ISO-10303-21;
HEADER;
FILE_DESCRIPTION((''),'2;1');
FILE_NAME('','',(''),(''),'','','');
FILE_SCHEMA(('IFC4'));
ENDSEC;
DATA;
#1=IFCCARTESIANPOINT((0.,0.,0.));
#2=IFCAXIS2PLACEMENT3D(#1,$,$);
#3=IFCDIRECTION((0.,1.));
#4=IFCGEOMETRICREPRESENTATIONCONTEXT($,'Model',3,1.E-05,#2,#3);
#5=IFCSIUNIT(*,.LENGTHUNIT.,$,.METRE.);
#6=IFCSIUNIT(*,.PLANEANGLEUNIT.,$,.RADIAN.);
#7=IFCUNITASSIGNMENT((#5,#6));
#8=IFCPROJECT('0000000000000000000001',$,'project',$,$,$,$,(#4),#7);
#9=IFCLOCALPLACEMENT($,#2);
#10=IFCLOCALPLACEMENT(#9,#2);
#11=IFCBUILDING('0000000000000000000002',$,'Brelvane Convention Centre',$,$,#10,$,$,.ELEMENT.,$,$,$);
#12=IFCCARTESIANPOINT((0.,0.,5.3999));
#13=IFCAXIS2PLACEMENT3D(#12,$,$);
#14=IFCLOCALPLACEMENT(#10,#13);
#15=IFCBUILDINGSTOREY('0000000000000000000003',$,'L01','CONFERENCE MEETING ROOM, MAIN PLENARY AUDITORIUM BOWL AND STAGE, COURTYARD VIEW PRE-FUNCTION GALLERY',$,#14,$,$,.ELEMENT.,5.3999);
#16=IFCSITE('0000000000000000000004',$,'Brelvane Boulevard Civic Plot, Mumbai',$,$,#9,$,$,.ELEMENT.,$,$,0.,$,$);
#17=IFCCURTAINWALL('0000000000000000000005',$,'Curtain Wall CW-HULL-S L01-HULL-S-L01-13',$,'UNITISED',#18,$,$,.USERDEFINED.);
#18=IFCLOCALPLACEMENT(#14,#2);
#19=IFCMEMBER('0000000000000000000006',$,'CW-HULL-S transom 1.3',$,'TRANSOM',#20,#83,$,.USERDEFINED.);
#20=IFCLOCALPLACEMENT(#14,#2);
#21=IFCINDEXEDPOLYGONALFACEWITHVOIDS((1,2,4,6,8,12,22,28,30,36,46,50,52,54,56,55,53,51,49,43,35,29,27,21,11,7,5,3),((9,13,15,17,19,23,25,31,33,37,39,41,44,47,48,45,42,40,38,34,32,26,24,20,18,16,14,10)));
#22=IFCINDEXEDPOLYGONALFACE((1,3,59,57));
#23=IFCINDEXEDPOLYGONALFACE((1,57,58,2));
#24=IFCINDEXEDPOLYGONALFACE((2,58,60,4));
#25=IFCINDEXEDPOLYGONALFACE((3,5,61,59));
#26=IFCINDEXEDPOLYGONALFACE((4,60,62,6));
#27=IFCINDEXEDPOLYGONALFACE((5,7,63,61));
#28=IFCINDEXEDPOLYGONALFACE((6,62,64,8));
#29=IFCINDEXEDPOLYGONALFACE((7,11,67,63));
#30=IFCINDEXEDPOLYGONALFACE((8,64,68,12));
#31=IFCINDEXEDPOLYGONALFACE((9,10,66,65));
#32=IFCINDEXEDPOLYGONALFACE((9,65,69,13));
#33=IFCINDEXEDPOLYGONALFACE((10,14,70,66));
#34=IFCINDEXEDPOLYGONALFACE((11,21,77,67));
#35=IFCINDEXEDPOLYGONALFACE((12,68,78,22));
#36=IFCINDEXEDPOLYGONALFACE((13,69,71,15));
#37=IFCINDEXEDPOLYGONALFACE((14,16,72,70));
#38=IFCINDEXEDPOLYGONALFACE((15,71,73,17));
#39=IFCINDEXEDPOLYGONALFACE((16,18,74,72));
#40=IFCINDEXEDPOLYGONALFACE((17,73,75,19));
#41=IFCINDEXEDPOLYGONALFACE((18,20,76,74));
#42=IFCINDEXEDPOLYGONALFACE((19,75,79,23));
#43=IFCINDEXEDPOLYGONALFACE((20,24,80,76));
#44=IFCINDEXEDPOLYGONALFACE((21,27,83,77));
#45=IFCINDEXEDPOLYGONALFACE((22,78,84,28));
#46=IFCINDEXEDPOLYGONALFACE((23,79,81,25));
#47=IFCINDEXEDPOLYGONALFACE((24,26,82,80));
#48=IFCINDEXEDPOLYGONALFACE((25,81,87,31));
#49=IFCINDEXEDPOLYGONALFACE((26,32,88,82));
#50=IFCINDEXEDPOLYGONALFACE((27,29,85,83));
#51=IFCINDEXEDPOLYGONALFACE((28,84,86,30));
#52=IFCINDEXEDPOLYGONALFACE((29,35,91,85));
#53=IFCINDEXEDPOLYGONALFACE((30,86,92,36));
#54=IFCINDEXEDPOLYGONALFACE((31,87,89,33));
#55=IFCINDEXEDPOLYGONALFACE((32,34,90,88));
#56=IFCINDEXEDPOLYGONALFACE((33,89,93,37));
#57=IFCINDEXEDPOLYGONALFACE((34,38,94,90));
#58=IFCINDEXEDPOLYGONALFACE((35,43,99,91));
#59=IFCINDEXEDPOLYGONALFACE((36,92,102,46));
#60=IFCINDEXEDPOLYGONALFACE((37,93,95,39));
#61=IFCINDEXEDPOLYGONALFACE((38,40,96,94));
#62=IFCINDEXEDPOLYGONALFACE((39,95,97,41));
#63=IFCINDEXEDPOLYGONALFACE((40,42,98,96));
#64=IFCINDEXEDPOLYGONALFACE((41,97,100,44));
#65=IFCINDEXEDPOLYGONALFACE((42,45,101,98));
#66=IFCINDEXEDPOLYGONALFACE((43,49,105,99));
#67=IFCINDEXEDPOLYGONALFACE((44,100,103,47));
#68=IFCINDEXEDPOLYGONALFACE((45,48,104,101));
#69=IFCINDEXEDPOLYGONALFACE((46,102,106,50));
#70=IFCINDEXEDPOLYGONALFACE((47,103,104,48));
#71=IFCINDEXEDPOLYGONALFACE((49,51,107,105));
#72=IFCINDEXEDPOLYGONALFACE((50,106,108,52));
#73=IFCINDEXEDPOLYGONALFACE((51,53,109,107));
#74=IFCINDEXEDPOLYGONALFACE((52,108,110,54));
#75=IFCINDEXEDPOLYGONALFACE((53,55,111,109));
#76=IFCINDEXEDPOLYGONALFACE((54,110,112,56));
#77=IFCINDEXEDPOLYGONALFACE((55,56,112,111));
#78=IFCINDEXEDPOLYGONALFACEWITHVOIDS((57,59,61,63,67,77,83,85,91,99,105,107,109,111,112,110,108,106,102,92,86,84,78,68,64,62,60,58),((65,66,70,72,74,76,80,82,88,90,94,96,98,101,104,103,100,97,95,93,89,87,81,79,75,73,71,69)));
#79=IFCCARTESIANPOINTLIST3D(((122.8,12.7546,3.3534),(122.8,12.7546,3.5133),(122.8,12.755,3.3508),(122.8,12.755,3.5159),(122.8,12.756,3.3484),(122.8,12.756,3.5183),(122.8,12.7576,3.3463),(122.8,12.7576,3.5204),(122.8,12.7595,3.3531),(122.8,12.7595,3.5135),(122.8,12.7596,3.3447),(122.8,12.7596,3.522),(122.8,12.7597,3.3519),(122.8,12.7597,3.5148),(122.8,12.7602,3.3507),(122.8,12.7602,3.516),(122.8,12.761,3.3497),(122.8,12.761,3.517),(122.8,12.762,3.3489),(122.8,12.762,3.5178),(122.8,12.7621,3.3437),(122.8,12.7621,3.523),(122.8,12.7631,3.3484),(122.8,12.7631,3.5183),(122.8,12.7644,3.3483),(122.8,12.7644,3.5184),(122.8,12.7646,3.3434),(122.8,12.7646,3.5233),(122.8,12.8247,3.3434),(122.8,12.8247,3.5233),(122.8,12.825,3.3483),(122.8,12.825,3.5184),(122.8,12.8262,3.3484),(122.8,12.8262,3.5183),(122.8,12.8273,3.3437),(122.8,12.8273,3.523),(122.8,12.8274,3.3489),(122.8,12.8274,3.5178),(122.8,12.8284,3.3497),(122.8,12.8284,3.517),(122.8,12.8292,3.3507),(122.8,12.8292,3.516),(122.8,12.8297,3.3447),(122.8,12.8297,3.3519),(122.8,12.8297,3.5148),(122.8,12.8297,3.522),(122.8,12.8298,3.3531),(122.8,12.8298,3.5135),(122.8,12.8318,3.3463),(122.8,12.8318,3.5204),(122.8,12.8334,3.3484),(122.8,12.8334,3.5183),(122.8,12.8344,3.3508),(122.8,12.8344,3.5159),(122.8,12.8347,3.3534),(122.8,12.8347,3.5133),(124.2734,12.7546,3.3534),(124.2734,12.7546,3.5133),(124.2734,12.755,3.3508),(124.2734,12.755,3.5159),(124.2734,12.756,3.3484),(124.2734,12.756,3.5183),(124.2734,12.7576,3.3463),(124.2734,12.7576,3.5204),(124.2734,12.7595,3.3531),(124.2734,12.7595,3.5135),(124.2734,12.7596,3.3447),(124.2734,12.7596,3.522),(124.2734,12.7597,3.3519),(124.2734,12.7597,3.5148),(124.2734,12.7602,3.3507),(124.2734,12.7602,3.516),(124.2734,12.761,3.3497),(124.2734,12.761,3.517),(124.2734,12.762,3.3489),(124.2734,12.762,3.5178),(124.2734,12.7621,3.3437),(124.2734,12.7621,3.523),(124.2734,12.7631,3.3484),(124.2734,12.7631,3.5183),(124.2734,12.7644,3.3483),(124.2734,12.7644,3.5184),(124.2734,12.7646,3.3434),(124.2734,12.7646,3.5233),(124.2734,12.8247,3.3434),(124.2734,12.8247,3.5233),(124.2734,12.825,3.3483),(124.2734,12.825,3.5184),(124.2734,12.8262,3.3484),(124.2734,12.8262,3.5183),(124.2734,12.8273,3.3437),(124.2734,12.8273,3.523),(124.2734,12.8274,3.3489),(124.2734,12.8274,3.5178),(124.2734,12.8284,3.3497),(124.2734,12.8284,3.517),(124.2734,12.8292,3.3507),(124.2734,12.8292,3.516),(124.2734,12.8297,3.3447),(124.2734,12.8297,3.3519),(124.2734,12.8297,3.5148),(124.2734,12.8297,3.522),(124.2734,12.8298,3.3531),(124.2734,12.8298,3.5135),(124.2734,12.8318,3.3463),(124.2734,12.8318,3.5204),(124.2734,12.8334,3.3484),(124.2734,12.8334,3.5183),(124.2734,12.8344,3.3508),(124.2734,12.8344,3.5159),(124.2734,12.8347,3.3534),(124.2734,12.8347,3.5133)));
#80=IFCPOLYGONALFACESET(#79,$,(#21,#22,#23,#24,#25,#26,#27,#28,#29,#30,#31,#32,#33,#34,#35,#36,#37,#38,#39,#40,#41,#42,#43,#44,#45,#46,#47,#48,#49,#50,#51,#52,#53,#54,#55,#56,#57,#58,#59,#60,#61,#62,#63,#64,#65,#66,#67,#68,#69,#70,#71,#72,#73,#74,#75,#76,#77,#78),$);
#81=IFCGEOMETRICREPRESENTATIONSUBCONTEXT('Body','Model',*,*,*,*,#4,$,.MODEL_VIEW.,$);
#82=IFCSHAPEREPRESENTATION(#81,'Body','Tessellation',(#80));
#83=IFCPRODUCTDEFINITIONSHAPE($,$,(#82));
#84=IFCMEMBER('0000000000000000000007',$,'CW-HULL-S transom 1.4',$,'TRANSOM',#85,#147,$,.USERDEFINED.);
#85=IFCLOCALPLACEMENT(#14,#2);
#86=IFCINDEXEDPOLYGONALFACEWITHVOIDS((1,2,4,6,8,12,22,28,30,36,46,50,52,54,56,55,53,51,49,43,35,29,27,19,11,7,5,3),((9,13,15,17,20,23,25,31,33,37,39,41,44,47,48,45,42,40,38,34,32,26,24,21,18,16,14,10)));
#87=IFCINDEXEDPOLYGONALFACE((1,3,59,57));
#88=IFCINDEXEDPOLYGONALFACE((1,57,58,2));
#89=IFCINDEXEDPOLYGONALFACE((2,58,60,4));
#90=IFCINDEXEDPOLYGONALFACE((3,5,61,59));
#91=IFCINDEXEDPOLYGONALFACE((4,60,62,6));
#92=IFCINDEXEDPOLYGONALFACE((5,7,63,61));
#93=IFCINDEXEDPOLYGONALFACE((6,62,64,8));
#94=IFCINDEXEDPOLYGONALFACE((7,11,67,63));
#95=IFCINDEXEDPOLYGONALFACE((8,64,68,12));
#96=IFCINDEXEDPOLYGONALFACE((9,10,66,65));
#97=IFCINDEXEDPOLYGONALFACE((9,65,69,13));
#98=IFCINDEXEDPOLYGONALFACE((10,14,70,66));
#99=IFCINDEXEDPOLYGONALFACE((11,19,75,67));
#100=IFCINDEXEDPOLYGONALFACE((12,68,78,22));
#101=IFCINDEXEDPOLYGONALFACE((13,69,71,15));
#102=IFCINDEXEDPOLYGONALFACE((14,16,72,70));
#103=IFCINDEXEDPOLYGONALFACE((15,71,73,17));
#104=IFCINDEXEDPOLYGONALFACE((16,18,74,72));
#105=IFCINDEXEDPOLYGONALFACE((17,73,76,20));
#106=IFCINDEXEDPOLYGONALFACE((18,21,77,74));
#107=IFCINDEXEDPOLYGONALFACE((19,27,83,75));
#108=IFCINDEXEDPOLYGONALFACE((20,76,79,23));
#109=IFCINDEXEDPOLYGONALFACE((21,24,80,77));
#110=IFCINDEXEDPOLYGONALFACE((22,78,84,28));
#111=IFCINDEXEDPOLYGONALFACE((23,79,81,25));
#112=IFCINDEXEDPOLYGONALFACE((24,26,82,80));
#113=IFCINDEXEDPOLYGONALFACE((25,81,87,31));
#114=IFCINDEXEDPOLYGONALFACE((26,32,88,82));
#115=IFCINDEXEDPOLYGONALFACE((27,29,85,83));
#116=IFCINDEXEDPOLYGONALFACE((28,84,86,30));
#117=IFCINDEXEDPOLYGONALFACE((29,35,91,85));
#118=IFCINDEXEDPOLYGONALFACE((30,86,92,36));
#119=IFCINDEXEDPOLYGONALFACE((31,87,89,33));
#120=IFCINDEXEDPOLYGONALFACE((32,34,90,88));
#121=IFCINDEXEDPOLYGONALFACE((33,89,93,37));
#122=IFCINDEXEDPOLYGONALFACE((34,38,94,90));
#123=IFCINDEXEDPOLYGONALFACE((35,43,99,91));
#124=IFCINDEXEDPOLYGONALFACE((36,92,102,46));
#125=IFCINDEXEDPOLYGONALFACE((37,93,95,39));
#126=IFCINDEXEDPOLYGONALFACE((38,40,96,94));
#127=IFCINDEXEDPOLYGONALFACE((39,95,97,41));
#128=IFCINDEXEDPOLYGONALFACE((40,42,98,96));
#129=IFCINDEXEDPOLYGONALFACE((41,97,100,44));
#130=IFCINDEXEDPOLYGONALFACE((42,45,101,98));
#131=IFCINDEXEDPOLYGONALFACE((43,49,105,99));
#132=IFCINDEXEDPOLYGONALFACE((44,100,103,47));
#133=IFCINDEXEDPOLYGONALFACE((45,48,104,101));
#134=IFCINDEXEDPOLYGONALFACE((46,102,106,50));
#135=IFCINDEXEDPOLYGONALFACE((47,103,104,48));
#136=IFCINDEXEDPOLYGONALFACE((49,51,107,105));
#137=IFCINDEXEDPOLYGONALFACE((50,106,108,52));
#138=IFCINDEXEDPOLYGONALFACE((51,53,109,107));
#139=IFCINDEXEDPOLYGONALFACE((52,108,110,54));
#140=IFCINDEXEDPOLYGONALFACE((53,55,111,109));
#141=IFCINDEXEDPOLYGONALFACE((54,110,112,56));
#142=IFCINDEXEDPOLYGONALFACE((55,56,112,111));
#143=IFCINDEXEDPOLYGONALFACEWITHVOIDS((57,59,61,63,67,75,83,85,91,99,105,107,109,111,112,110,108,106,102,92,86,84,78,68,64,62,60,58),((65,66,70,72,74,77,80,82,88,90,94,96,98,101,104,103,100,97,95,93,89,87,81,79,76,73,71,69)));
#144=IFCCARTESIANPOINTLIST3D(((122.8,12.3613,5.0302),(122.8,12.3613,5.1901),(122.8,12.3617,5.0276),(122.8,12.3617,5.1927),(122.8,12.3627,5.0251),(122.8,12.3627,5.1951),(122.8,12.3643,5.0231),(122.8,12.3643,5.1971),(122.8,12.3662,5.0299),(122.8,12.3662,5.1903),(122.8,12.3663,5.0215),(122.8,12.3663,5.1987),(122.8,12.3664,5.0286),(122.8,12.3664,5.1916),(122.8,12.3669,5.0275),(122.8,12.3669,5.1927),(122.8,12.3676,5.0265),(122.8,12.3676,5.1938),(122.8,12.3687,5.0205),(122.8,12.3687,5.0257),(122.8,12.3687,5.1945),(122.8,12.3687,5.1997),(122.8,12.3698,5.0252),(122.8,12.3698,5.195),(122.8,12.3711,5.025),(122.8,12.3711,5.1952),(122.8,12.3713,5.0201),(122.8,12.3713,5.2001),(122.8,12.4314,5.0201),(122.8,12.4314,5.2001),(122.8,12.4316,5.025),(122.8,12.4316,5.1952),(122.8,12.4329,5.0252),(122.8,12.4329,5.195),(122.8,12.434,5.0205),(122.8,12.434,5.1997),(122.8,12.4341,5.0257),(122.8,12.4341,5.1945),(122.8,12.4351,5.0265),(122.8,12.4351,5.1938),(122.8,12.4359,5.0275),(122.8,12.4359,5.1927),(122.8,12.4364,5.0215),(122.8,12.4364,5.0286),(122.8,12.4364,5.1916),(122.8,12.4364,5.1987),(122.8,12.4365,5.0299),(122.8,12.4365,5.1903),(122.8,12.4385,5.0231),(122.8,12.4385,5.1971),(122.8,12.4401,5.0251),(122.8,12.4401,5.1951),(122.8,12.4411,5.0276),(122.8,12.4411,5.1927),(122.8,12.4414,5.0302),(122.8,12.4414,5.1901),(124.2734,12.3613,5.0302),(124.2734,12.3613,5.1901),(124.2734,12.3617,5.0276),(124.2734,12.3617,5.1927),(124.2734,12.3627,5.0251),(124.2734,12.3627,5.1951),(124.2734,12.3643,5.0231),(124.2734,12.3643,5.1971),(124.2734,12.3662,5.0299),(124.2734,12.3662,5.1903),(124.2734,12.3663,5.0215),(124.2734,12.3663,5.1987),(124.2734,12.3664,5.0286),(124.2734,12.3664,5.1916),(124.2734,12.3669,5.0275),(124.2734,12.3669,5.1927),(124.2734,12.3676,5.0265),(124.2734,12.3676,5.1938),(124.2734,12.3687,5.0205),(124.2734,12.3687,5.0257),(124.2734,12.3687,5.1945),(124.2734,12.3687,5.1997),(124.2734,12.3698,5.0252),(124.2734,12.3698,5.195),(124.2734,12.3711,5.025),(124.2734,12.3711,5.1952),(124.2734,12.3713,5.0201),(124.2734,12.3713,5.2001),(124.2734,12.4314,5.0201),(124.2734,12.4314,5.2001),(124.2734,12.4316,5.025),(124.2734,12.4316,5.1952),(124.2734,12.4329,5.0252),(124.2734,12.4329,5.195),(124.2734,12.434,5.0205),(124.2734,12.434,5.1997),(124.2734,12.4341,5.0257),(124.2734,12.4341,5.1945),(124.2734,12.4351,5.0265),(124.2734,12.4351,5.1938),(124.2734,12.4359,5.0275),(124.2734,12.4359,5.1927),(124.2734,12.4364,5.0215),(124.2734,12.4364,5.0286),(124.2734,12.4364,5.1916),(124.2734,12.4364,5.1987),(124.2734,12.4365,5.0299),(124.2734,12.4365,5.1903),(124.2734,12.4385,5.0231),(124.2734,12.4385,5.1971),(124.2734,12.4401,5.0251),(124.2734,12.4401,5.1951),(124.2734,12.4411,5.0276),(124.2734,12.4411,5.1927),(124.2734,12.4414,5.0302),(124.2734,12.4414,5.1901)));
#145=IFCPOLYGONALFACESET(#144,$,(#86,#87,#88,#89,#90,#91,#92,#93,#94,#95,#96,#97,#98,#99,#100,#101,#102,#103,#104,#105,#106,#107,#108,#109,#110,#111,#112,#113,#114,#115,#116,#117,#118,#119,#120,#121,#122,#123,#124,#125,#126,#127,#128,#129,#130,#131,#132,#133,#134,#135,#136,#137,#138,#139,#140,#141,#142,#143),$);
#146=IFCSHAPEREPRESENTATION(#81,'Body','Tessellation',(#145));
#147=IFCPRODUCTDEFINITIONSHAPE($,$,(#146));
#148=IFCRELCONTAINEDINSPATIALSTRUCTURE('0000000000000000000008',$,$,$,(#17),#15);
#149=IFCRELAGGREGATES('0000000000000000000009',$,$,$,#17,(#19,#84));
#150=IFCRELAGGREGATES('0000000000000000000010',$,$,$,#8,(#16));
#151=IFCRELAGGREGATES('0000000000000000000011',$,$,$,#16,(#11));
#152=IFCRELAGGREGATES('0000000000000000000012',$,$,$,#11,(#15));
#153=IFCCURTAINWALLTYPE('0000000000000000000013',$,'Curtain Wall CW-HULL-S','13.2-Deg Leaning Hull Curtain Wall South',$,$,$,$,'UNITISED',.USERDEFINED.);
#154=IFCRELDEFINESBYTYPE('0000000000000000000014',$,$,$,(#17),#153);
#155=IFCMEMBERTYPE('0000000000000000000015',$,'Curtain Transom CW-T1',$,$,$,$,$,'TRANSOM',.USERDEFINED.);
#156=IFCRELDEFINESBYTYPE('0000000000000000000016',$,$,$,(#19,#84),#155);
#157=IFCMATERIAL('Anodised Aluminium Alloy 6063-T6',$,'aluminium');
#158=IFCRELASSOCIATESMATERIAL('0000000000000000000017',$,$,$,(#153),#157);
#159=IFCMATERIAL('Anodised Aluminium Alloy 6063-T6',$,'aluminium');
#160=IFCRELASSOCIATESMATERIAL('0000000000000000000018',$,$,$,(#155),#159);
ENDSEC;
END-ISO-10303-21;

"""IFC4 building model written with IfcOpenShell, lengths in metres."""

from ifc_helpers import new_model, si_unit, direction, frame, origin, origin_2d, place, context, subcontext, project, spatial, hollow_rectangle, extrude, material, material_profile, profile_set, type_object, element, aggregate, save


model = new_model("IFC4")

# Units and contexts
model_context = context("Model", 3, precision=1e-05, world=origin(), true_north=direction((0.0, 1.0)))
body_context = subcontext(model_context, "Body", "Model", "MODEL_VIEW")
ifc_project = project(units=[si_unit("LENGTHUNIT", "METRE"), si_unit("PLANEANGLEUNIT", "RADIAN")], contexts=[model_context])

# Site, building, storey
site_placement = place(None, origin())
site = spatial("IfcSite", under=ifc_project, at=site_placement, Name="Brelvane Boulevard Civic Plot, Mumbai", CompositionType="ELEMENT", RefElevation=0.0)
building_placement = place(site_placement, origin())
building = spatial("IfcBuilding", under=site, at=building_placement, Name="Brelvane Convention Centre", CompositionType="ELEMENT")
storey_placement = place(building_placement, frame((0.0, 0.0, 5.3999)))
storey = spatial("IfcBuildingStorey", under=building, at=storey_placement, Name="L01", Description="CONFERENCE MEETING ROOM, MAIN PLENARY AUDITORIUM BOWL AND STAGE, COURTYARD VIEW PRE-FUNCTION GALLERY", CompositionType="ELEMENT", Elevation=5.3999)

# Curtain wall, members
ifc_material_1 = material(Name="Anodised Aluminium Alloy 6063-T6", Category="aluminium")
curtain_wall_type = type_object("IfcCurtainWallType", Name="Curtain Wall CW-HULL-S", Description="13.2-Deg Leaning Hull Curtain Wall South", ElementType="UNITISED", PredefinedType="USERDEFINED", material=ifc_material_1)
ifc_material_2 = material(Name="Anodised Aluminium Alloy 6063-T6", Category="aluminium")
ifc_material_profile = material_profile(ifc_material_2, hollow_rectangle(XDim=0.0801, YDim=0.1799, WallThickness=0.0049, InnerFilletRadius=0.0049, OuterFilletRadius=0.01, at=origin_2d()), Name="ALU-T 180x80x5.0")
ifc_profile_set = profile_set([ifc_material_profile], Name="Anodised Aluminium Alloy 6063-T6")
member_type = type_object("IfcMemberType", Name="Curtain Transom CW-T1", ElementType="TRANSOM", PredefinedType="USERDEFINED", material=ifc_profile_set)
curtain_wall_1_placement = place(storey_placement, origin())
curtain_wall_1 = element("IfcCurtainWall", 1, at=curtain_wall_1_placement, inside=storey, type_object=curtain_wall_type, Name="Curtain Wall CW-HULL-S L01-HULL-S-L01-13", ObjectType="UNITISED", PredefinedType="USERDEFINED")
member_1_placement = place(storey_placement, frame((122.8, 12.7947, 3.4333), z_axis=(1.0, 0.0, 0.0), x_axis=(0.0, 1.0, 0.0)))
member_1 = element("IfcMember", 2, at=member_1_placement, type_object=member_type, Name="CW-HULL-S transom 1.3", ObjectType="TRANSOM", PredefinedType="USERDEFINED", context=body_context, shape_type="SweptSolid", body=[
    extrude(hollow_rectangle(XDim=0.0801, YDim=0.1799, WallThickness=0.0049, InnerFilletRadius=0.0049, OuterFilletRadius=0.01, at=origin_2d()), origin(), (0.0, 0.0, 1.0), 1.4734),
])
member_2_placement = place(storey_placement, frame((122.8, 12.4014, 5.1101), z_axis=(1.0, 0.0, 0.0), x_axis=(0.0, 1.0, 0.0)))
member_2 = element("IfcMember", 3, at=member_2_placement, type_object=member_type, Name="CW-HULL-S transom 1.4", ObjectType="TRANSOM", PredefinedType="USERDEFINED", context=body_context, shape_type="SweptSolid", body=[
    extrude(hollow_rectangle(XDim=0.0801, YDim=0.1799, WallThickness=0.0049, InnerFilletRadius=0.0049, OuterFilletRadius=0.01, at=origin_2d()), origin(), (0.0, 0.0, 1.0), 1.4734),
])

aggregate(curtain_wall_1, [member_1, member_2])

save(model, "model.ifc")
